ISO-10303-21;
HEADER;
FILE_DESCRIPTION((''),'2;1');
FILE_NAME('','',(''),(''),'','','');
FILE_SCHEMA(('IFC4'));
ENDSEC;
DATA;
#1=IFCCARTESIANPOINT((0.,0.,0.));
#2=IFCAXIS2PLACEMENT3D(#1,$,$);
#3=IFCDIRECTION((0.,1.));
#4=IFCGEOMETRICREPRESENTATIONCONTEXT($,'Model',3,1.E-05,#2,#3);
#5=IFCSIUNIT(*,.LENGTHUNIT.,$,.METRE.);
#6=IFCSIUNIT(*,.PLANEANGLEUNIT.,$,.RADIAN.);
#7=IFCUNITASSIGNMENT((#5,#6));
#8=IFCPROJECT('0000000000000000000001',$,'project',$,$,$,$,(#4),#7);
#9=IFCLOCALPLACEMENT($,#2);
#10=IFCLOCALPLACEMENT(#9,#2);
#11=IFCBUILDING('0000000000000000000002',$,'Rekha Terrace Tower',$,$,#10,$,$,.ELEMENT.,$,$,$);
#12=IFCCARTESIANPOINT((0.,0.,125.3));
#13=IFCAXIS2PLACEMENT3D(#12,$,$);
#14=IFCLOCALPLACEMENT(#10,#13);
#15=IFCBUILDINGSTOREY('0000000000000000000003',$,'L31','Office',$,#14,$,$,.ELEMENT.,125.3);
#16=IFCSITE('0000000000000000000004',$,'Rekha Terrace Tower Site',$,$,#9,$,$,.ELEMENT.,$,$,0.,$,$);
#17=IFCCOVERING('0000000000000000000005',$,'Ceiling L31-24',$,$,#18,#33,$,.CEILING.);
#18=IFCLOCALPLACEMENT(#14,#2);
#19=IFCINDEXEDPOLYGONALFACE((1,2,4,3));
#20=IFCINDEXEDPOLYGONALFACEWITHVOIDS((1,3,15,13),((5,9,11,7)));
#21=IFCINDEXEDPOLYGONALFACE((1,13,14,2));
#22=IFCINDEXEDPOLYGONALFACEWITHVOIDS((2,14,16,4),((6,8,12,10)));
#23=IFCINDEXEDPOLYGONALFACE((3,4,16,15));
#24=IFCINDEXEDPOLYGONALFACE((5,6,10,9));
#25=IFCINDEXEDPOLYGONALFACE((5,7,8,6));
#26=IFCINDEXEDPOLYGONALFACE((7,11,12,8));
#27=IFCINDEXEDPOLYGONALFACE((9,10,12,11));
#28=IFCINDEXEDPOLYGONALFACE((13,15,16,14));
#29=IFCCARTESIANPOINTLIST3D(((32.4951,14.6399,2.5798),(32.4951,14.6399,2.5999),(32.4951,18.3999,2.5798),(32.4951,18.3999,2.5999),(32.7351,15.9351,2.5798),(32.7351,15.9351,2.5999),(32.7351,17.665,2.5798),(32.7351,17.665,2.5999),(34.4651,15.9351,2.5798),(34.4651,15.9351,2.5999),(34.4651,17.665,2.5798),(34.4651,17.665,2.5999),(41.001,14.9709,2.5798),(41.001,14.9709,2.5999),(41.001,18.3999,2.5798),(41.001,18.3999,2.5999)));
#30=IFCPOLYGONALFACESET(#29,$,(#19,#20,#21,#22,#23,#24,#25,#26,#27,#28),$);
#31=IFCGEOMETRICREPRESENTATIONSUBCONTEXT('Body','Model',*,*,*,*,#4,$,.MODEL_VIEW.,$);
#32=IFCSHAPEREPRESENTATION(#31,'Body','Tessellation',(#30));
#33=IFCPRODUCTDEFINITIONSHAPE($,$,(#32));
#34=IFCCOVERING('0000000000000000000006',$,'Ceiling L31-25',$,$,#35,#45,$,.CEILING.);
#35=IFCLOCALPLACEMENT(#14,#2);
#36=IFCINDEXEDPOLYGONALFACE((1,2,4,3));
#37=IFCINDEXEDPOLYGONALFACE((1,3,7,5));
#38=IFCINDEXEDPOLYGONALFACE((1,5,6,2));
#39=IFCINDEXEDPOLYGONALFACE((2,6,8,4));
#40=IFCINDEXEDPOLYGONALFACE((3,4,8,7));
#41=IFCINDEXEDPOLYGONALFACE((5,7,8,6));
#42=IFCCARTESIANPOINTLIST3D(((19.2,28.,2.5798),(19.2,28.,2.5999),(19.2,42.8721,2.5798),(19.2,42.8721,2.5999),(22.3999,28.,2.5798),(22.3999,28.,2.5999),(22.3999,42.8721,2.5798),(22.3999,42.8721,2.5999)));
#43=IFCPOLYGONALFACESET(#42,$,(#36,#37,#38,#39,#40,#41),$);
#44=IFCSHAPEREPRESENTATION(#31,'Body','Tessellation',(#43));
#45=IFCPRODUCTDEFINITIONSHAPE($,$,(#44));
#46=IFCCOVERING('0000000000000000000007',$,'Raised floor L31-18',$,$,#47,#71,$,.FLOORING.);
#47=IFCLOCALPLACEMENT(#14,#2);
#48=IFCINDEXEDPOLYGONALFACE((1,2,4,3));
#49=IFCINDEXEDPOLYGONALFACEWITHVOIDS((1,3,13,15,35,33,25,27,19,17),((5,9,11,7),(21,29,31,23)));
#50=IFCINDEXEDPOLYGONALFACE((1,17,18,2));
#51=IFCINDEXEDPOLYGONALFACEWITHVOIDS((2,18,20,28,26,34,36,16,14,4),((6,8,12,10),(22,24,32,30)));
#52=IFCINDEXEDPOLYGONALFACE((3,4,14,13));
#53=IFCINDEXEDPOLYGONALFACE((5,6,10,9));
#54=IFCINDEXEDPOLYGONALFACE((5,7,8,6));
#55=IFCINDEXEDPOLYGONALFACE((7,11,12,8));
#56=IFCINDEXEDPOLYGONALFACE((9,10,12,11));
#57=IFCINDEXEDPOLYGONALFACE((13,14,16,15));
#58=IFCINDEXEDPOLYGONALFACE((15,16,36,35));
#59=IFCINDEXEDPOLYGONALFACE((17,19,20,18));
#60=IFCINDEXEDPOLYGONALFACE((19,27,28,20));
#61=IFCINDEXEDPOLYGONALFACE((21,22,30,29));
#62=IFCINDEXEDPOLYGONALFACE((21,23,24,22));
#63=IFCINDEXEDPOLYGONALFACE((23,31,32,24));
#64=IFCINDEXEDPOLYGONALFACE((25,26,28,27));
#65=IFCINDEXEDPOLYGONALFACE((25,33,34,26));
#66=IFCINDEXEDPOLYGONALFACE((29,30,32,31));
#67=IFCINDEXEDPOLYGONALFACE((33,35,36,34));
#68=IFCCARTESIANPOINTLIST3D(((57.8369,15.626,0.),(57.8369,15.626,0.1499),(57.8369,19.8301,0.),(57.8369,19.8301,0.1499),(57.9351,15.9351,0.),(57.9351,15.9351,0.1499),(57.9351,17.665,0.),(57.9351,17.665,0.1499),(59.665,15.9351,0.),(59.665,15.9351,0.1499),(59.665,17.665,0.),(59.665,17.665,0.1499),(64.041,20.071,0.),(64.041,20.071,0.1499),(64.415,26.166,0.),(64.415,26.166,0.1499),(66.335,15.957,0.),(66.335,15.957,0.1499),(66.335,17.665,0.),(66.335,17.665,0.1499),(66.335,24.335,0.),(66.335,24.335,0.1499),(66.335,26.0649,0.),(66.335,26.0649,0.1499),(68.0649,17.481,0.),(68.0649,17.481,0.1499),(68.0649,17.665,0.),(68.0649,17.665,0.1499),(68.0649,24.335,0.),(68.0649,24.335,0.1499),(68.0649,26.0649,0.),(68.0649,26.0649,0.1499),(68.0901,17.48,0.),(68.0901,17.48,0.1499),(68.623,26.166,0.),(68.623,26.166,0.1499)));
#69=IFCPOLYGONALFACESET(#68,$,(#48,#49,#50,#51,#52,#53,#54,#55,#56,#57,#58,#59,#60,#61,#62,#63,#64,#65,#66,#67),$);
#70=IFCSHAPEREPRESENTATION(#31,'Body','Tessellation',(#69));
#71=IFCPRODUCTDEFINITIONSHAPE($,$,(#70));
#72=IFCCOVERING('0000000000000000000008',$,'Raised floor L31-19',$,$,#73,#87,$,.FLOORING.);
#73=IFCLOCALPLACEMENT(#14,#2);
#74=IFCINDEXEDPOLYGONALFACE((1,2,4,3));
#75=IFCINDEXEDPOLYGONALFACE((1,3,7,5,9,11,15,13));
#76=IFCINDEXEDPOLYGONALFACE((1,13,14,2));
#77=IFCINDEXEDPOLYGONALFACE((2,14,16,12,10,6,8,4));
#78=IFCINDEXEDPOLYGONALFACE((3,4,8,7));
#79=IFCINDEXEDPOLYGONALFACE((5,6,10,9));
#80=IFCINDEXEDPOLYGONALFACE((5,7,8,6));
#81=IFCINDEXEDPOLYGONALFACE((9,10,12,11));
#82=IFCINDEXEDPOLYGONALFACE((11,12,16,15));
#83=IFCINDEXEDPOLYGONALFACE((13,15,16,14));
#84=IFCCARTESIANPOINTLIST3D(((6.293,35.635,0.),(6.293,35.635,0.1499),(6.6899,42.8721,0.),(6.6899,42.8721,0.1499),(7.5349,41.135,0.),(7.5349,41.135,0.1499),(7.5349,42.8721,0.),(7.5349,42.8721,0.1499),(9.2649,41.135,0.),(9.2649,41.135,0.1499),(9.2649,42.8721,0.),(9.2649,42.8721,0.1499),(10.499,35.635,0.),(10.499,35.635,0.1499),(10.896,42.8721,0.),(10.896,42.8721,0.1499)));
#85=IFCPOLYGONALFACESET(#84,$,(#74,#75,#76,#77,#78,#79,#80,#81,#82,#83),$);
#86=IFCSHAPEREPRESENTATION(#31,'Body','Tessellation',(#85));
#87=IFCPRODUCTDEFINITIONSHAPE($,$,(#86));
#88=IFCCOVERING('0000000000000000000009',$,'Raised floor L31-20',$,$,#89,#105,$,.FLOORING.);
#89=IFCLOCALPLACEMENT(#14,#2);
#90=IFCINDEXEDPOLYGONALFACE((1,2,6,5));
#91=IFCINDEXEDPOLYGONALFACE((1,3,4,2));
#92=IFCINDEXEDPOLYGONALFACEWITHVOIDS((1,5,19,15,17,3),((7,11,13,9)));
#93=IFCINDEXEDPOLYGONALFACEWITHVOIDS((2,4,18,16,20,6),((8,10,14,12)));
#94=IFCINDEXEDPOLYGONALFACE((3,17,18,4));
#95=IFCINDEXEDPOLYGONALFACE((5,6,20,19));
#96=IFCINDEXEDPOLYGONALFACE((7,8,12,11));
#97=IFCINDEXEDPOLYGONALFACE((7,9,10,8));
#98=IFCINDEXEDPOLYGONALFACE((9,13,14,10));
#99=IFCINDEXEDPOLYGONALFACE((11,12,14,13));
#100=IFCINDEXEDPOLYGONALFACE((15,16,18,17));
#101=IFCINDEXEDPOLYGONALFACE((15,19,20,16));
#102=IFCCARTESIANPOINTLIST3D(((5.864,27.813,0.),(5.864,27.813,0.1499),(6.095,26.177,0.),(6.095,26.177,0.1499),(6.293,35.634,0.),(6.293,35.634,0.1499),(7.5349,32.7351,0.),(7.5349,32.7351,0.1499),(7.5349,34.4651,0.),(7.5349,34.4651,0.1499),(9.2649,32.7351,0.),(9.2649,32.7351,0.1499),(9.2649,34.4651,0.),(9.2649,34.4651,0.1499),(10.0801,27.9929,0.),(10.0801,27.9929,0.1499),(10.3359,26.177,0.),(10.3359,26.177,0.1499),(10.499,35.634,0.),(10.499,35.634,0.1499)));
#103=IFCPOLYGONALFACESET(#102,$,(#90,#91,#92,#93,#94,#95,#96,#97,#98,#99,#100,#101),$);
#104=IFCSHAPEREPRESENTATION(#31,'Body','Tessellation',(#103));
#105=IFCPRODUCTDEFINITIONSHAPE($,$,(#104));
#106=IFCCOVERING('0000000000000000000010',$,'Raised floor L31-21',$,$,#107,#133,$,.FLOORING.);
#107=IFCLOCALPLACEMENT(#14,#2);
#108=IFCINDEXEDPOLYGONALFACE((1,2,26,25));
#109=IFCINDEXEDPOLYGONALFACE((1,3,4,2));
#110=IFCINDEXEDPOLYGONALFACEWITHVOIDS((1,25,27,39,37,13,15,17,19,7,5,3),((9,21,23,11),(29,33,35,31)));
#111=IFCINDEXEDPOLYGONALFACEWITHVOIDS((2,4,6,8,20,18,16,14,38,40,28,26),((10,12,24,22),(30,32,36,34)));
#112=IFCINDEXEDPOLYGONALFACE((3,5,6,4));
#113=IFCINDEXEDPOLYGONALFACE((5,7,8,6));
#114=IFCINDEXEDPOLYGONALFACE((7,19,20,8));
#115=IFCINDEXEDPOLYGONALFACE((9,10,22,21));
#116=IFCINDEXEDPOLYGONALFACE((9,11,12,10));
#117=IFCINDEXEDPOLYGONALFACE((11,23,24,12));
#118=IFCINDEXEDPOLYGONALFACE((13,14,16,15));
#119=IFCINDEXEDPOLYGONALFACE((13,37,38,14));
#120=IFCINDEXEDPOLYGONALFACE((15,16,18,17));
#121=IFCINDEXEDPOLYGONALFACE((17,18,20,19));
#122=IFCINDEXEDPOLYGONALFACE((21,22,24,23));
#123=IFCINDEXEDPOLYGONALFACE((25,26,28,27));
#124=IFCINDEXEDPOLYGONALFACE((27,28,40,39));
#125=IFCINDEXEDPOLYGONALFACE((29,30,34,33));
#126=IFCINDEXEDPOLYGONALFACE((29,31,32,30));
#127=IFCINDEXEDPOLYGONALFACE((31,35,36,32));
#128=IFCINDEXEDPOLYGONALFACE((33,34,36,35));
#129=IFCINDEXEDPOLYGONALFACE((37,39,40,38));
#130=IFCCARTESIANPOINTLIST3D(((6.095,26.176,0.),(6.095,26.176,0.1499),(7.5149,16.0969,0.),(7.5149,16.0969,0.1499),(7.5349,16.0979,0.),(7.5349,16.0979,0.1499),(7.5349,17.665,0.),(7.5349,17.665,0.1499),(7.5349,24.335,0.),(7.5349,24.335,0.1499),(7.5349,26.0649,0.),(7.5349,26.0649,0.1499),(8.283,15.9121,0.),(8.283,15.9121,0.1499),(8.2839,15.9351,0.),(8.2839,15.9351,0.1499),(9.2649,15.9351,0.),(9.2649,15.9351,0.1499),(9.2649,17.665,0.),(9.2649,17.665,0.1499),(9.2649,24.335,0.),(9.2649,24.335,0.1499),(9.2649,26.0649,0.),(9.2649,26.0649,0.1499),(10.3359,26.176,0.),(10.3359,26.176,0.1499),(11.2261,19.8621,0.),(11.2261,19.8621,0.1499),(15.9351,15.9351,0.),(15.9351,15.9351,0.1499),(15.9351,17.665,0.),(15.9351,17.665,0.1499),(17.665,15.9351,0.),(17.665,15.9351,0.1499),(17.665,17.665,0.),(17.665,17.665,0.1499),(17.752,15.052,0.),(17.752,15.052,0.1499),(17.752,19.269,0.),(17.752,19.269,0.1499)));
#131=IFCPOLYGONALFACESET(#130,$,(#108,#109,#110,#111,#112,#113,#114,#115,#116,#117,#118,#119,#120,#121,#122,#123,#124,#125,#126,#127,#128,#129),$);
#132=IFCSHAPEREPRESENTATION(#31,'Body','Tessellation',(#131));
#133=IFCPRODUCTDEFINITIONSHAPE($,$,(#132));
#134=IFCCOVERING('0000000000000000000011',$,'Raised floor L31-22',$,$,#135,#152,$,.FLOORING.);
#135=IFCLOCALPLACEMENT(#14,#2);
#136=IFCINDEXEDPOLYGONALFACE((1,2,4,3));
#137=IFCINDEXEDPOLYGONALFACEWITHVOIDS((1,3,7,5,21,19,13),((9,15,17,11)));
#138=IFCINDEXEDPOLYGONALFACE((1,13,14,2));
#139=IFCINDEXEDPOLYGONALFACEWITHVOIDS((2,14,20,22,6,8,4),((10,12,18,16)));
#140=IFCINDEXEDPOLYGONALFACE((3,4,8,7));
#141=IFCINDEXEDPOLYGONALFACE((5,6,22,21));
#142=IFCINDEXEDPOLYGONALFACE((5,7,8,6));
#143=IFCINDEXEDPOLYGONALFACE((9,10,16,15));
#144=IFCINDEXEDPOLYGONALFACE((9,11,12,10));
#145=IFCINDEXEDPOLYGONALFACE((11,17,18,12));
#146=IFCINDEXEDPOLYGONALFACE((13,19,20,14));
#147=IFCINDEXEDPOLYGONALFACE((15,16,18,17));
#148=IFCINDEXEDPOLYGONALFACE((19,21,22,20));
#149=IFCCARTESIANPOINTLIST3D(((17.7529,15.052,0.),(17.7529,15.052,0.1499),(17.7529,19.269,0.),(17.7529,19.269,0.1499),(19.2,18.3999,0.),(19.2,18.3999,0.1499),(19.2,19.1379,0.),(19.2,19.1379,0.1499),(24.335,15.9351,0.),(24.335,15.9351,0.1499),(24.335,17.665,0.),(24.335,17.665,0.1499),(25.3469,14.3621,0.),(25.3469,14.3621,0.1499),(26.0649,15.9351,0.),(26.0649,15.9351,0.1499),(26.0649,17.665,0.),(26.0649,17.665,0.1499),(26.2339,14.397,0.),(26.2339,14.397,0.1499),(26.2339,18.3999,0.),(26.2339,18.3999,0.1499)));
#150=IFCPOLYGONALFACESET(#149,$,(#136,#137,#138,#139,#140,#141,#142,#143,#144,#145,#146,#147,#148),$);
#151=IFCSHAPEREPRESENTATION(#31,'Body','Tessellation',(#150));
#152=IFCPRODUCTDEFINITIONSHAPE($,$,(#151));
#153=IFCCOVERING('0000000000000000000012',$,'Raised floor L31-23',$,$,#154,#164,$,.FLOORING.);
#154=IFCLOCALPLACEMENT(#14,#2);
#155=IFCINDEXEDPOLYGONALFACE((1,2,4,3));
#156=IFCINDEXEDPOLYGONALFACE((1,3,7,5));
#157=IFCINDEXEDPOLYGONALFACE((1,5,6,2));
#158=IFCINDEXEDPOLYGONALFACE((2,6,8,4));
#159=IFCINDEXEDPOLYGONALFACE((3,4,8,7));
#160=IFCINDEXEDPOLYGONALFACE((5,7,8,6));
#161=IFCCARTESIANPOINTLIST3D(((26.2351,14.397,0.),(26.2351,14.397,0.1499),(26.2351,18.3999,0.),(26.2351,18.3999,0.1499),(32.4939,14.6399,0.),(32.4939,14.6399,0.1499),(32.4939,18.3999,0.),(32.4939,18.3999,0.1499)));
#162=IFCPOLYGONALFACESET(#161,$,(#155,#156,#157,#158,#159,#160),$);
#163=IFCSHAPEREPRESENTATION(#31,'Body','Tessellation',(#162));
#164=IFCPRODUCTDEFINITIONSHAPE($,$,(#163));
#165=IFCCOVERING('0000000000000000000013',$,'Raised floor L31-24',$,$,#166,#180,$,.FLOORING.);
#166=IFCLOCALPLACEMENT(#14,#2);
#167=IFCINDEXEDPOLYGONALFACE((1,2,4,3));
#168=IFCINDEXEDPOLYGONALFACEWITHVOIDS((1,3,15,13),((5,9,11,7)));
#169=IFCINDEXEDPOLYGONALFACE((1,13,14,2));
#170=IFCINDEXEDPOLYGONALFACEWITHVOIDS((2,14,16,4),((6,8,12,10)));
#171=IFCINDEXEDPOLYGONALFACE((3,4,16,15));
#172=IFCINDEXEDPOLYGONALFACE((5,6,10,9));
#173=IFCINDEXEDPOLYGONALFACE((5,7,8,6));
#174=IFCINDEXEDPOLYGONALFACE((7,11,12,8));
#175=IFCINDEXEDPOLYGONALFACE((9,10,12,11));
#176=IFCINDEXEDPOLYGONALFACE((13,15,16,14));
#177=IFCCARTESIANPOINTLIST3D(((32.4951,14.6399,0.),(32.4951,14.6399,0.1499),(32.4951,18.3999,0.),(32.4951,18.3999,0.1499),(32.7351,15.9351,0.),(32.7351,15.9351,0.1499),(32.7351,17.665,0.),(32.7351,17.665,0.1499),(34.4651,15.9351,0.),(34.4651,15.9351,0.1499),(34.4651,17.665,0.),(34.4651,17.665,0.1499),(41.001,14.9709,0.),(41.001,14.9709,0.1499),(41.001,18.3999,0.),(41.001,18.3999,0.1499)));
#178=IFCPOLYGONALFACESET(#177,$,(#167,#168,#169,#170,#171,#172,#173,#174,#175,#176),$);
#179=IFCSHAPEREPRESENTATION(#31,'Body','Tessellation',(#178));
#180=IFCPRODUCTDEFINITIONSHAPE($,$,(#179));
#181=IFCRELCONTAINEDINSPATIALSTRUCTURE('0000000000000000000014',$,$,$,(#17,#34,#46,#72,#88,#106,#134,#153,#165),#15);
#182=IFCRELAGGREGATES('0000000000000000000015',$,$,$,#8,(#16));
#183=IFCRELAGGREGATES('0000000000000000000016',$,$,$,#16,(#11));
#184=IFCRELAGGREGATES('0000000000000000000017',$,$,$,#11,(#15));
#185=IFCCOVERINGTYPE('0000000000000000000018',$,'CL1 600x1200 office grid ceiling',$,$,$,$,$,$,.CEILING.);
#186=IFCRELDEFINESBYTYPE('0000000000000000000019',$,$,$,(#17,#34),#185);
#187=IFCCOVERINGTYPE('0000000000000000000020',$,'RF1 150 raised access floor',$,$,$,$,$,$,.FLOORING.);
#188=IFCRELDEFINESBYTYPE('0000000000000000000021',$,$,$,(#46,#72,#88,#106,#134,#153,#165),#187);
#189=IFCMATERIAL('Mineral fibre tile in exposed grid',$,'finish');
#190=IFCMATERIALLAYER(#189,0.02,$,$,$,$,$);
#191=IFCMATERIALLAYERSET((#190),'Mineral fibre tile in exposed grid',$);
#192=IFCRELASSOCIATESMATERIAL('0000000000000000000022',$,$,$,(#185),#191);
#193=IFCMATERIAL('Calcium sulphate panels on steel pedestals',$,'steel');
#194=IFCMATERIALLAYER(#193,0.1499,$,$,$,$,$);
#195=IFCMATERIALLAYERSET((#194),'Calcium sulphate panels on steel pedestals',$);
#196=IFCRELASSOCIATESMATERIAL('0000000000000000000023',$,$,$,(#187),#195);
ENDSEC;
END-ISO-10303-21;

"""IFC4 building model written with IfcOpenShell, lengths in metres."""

from ifc_helpers import new_model, si_unit, direction, frame, origin, place, context, subcontext, project, spatial, polyline, outline, extrude, material, layer, layer_set, type_object, element, save


model = new_model("IFC4")

# Units and contexts
model_context = context("Model", 3, precision=1e-05, world=origin(), true_north=direction((0.0, 1.0)))
body_context = subcontext(model_context, "Body", "Model", "MODEL_VIEW")
ifc_project = project(units=[si_unit("LENGTHUNIT", "METRE"), si_unit("PLANEANGLEUNIT", "RADIAN")], contexts=[model_context])

# Site, building, storey
site_placement = place(None, origin())
site = spatial("IfcSite", under=ifc_project, at=site_placement, Name="Rekha Terrace Tower Site", CompositionType="ELEMENT", RefElevation=0.0)
building_placement = place(site_placement, origin())
building = spatial("IfcBuilding", under=site, at=building_placement, Name="Rekha Terrace Tower", CompositionType="ELEMENT")
storey_placement = place(building_placement, frame((0.0, 0.0, 125.3)))
storey = spatial("IfcBuildingStorey", under=building, at=storey_placement, Name="L31", Description="Office", CompositionType="ELEMENT", Elevation=125.3)

# Coverings
ifc_material_1 = material(Name="Mineral fibre tile in exposed grid", Category="finish")
ifc_layer_1 = layer(ifc_material_1, 0.02)
ifc_layer_set_1 = layer_set([ifc_layer_1], Name="Mineral fibre tile in exposed grid")
covering_type_1 = type_object("IfcCoveringType", Name="CL1 600x1200 office grid ceiling", PredefinedType="CEILING", material=ifc_layer_set_1)
covering_1_placement = place(storey_placement, frame((0.0, 0.0, 2.5798)))
element("IfcCovering", 1, at=covering_1_placement, inside=storey, type_object=covering_type_1, Name="Ceiling L31-24", PredefinedType="CEILING", context=body_context, shape_type="SweptSolid", body=[
    extrude(outline(polyline([(32.4951, 18.3999), (32.4951, 14.6399), (41.001, 14.9709), (41.001, 18.3999), (32.4951, 18.3999)]), holes=[polyline([(34.4651, 15.9351), (32.7351, 15.9351), (32.7351, 17.665), (34.4651, 17.665), (34.4651, 15.9351)])]), origin(), (0.0, 0.0, 1.0), 0.02),
])
covering_2_placement = place(storey_placement, frame((0.0, 0.0, 2.5798)))
element("IfcCovering", 2, at=covering_2_placement, inside=storey, type_object=covering_type_1, Name="Ceiling L31-25", PredefinedType="CEILING", context=body_context, shape_type="SweptSolid", body=[
    extrude(outline(polyline([(19.2, 42.8721), (19.2, 28.0), (22.3999, 28.0), (22.3999, 42.8721), (19.2, 42.8721)])), origin(), (0.0, 0.0, 1.0), 0.02),
])
ifc_material_2 = material(Name="Calcium sulphate panels on steel pedestals", Category="steel")
ifc_layer_2 = layer(ifc_material_2, 0.1499)
ifc_layer_set_2 = layer_set([ifc_layer_2], Name="Calcium sulphate panels on steel pedestals")
covering_type_2 = type_object("IfcCoveringType", Name="RF1 150 raised access floor", PredefinedType="FLOORING", material=ifc_layer_set_2)
covering_3_placement = place(storey_placement, origin())
element("IfcCovering", 3, at=covering_3_placement, inside=storey, type_object=covering_type_2, Name="Raised floor L31-18", PredefinedType="FLOORING", context=body_context, shape_type="SweptSolid", body=[
    extrude(outline(polyline([(68.0901, 17.48), (68.623, 26.166), (64.415, 26.166), (64.041, 20.071), (57.8369, 19.8301), (57.8369, 15.626), (66.335, 15.957), (66.335, 17.665), (68.0649, 17.665), (68.0649, 17.481), (68.0901, 17.48)]), holes=[polyline([(68.0649, 24.335), (66.335, 24.335), (66.335, 26.0649), (68.0649, 26.0649), (68.0649, 24.335)]), polyline([(59.665, 15.9351), (57.9351, 15.9351), (57.9351, 17.665), (59.665, 17.665), (59.665, 15.9351)])]), origin(), (0.0, 0.0, 1.0), 0.1499),
])
covering_4_placement = place(storey_placement, origin())
element("IfcCovering", 4, at=covering_4_placement, inside=storey, type_object=covering_type_2, Name="Raised floor L31-19", PredefinedType="FLOORING", context=body_context, shape_type="SweptSolid", body=[
    extrude(outline(polyline([(9.2649, 41.135), (7.5349, 41.135), (7.5349, 42.8721), (6.6899, 42.8721), (6.293, 35.635), (10.499, 35.635), (10.896, 42.8721), (9.2649, 42.8721), (9.2649, 41.135)])), origin(), (0.0, 0.0, 1.0), 0.1499),
])
covering_5_placement = place(storey_placement, origin())
element("IfcCovering", 5, at=covering_5_placement, inside=storey, type_object=covering_type_2, Name="Raised floor L31-20", PredefinedType="FLOORING", context=body_context, shape_type="SweptSolid", body=[
    extrude(outline(polyline([(10.0801, 27.9929), (10.499, 35.634), (6.293, 35.634), (5.864, 27.813), (6.095, 26.177), (10.3359, 26.177), (10.0801, 27.9929)]), holes=[polyline([(9.2649, 32.7351), (7.5349, 32.7351), (7.5349, 34.4651), (9.2649, 34.4651), (9.2649, 32.7351)])]), origin(), (0.0, 0.0, 1.0), 0.1499),
])
covering_6_placement = place(storey_placement, origin())
element("IfcCovering", 6, at=covering_6_placement, inside=storey, type_object=covering_type_2, Name="Raised floor L31-21", PredefinedType="FLOORING", context=body_context, shape_type="SweptSolid", body=[
    extrude(outline(polyline([(7.5149, 16.0969), (7.5349, 16.0979), (7.5349, 17.665), (9.2649, 17.665), (9.2649, 15.9351), (8.2839, 15.9351), (8.283, 15.9121), (17.752, 15.052), (17.752, 19.269), (11.2261, 19.8621), (10.3359, 26.176), (6.095, 26.176), (7.5149, 16.0969)]), holes=[polyline([(17.665, 15.9351), (15.9351, 15.9351), (15.9351, 17.665), (17.665, 17.665), (17.665, 15.9351)]), polyline([(9.2649, 24.335), (7.5349, 24.335), (7.5349, 26.0649), (9.2649, 26.0649), (9.2649, 24.335)])]), origin(), (0.0, 0.0, 1.0), 0.1499),
])
covering_7_placement = place(storey_placement, origin())
element("IfcCovering", 7, at=covering_7_placement, inside=storey, type_object=covering_type_2, Name="Raised floor L31-22", PredefinedType="FLOORING", context=body_context, shape_type="SweptSolid", body=[
    extrude(outline(polyline([(19.2, 18.3999), (19.2, 19.1379), (17.7529, 19.269), (17.7529, 15.052), (25.3469, 14.3621), (26.2339, 14.397), (26.2339, 18.3999), (19.2, 18.3999)]), holes=[polyline([(26.0649, 17.665), (26.0649, 15.9351), (24.335, 15.9351), (24.335, 17.665), (26.0649, 17.665)])]), origin(), (0.0, 0.0, 1.0), 0.1499),
])
covering_8_placement = place(storey_placement, origin())
element("IfcCovering", 8, at=covering_8_placement, inside=storey, type_object=covering_type_2, Name="Raised floor L31-23", PredefinedType="FLOORING", context=body_context, shape_type="SweptSolid", body=[
    extrude(outline(polyline([(26.2351, 18.3999), (26.2351, 14.397), (32.4939, 14.6399), (32.4939, 18.3999), (26.2351, 18.3999)])), origin(), (0.0, 0.0, 1.0), 0.1499),
])
covering_9_placement = place(storey_placement, origin())
element("IfcCovering", 9, at=covering_9_placement, inside=storey, type_object=covering_type_2, Name="Raised floor L31-24", PredefinedType="FLOORING", context=body_context, shape_type="SweptSolid", body=[
    extrude(outline(polyline([(32.4951, 18.3999), (32.4951, 14.6399), (41.001, 14.9709), (41.001, 18.3999), (32.4951, 18.3999)]), holes=[polyline([(34.4651, 15.9351), (32.7351, 15.9351), (32.7351, 17.665), (34.4651, 17.665), (34.4651, 15.9351)])]), origin(), (0.0, 0.0, 1.0), 0.1499),
])

save(model, "model.ifc")
